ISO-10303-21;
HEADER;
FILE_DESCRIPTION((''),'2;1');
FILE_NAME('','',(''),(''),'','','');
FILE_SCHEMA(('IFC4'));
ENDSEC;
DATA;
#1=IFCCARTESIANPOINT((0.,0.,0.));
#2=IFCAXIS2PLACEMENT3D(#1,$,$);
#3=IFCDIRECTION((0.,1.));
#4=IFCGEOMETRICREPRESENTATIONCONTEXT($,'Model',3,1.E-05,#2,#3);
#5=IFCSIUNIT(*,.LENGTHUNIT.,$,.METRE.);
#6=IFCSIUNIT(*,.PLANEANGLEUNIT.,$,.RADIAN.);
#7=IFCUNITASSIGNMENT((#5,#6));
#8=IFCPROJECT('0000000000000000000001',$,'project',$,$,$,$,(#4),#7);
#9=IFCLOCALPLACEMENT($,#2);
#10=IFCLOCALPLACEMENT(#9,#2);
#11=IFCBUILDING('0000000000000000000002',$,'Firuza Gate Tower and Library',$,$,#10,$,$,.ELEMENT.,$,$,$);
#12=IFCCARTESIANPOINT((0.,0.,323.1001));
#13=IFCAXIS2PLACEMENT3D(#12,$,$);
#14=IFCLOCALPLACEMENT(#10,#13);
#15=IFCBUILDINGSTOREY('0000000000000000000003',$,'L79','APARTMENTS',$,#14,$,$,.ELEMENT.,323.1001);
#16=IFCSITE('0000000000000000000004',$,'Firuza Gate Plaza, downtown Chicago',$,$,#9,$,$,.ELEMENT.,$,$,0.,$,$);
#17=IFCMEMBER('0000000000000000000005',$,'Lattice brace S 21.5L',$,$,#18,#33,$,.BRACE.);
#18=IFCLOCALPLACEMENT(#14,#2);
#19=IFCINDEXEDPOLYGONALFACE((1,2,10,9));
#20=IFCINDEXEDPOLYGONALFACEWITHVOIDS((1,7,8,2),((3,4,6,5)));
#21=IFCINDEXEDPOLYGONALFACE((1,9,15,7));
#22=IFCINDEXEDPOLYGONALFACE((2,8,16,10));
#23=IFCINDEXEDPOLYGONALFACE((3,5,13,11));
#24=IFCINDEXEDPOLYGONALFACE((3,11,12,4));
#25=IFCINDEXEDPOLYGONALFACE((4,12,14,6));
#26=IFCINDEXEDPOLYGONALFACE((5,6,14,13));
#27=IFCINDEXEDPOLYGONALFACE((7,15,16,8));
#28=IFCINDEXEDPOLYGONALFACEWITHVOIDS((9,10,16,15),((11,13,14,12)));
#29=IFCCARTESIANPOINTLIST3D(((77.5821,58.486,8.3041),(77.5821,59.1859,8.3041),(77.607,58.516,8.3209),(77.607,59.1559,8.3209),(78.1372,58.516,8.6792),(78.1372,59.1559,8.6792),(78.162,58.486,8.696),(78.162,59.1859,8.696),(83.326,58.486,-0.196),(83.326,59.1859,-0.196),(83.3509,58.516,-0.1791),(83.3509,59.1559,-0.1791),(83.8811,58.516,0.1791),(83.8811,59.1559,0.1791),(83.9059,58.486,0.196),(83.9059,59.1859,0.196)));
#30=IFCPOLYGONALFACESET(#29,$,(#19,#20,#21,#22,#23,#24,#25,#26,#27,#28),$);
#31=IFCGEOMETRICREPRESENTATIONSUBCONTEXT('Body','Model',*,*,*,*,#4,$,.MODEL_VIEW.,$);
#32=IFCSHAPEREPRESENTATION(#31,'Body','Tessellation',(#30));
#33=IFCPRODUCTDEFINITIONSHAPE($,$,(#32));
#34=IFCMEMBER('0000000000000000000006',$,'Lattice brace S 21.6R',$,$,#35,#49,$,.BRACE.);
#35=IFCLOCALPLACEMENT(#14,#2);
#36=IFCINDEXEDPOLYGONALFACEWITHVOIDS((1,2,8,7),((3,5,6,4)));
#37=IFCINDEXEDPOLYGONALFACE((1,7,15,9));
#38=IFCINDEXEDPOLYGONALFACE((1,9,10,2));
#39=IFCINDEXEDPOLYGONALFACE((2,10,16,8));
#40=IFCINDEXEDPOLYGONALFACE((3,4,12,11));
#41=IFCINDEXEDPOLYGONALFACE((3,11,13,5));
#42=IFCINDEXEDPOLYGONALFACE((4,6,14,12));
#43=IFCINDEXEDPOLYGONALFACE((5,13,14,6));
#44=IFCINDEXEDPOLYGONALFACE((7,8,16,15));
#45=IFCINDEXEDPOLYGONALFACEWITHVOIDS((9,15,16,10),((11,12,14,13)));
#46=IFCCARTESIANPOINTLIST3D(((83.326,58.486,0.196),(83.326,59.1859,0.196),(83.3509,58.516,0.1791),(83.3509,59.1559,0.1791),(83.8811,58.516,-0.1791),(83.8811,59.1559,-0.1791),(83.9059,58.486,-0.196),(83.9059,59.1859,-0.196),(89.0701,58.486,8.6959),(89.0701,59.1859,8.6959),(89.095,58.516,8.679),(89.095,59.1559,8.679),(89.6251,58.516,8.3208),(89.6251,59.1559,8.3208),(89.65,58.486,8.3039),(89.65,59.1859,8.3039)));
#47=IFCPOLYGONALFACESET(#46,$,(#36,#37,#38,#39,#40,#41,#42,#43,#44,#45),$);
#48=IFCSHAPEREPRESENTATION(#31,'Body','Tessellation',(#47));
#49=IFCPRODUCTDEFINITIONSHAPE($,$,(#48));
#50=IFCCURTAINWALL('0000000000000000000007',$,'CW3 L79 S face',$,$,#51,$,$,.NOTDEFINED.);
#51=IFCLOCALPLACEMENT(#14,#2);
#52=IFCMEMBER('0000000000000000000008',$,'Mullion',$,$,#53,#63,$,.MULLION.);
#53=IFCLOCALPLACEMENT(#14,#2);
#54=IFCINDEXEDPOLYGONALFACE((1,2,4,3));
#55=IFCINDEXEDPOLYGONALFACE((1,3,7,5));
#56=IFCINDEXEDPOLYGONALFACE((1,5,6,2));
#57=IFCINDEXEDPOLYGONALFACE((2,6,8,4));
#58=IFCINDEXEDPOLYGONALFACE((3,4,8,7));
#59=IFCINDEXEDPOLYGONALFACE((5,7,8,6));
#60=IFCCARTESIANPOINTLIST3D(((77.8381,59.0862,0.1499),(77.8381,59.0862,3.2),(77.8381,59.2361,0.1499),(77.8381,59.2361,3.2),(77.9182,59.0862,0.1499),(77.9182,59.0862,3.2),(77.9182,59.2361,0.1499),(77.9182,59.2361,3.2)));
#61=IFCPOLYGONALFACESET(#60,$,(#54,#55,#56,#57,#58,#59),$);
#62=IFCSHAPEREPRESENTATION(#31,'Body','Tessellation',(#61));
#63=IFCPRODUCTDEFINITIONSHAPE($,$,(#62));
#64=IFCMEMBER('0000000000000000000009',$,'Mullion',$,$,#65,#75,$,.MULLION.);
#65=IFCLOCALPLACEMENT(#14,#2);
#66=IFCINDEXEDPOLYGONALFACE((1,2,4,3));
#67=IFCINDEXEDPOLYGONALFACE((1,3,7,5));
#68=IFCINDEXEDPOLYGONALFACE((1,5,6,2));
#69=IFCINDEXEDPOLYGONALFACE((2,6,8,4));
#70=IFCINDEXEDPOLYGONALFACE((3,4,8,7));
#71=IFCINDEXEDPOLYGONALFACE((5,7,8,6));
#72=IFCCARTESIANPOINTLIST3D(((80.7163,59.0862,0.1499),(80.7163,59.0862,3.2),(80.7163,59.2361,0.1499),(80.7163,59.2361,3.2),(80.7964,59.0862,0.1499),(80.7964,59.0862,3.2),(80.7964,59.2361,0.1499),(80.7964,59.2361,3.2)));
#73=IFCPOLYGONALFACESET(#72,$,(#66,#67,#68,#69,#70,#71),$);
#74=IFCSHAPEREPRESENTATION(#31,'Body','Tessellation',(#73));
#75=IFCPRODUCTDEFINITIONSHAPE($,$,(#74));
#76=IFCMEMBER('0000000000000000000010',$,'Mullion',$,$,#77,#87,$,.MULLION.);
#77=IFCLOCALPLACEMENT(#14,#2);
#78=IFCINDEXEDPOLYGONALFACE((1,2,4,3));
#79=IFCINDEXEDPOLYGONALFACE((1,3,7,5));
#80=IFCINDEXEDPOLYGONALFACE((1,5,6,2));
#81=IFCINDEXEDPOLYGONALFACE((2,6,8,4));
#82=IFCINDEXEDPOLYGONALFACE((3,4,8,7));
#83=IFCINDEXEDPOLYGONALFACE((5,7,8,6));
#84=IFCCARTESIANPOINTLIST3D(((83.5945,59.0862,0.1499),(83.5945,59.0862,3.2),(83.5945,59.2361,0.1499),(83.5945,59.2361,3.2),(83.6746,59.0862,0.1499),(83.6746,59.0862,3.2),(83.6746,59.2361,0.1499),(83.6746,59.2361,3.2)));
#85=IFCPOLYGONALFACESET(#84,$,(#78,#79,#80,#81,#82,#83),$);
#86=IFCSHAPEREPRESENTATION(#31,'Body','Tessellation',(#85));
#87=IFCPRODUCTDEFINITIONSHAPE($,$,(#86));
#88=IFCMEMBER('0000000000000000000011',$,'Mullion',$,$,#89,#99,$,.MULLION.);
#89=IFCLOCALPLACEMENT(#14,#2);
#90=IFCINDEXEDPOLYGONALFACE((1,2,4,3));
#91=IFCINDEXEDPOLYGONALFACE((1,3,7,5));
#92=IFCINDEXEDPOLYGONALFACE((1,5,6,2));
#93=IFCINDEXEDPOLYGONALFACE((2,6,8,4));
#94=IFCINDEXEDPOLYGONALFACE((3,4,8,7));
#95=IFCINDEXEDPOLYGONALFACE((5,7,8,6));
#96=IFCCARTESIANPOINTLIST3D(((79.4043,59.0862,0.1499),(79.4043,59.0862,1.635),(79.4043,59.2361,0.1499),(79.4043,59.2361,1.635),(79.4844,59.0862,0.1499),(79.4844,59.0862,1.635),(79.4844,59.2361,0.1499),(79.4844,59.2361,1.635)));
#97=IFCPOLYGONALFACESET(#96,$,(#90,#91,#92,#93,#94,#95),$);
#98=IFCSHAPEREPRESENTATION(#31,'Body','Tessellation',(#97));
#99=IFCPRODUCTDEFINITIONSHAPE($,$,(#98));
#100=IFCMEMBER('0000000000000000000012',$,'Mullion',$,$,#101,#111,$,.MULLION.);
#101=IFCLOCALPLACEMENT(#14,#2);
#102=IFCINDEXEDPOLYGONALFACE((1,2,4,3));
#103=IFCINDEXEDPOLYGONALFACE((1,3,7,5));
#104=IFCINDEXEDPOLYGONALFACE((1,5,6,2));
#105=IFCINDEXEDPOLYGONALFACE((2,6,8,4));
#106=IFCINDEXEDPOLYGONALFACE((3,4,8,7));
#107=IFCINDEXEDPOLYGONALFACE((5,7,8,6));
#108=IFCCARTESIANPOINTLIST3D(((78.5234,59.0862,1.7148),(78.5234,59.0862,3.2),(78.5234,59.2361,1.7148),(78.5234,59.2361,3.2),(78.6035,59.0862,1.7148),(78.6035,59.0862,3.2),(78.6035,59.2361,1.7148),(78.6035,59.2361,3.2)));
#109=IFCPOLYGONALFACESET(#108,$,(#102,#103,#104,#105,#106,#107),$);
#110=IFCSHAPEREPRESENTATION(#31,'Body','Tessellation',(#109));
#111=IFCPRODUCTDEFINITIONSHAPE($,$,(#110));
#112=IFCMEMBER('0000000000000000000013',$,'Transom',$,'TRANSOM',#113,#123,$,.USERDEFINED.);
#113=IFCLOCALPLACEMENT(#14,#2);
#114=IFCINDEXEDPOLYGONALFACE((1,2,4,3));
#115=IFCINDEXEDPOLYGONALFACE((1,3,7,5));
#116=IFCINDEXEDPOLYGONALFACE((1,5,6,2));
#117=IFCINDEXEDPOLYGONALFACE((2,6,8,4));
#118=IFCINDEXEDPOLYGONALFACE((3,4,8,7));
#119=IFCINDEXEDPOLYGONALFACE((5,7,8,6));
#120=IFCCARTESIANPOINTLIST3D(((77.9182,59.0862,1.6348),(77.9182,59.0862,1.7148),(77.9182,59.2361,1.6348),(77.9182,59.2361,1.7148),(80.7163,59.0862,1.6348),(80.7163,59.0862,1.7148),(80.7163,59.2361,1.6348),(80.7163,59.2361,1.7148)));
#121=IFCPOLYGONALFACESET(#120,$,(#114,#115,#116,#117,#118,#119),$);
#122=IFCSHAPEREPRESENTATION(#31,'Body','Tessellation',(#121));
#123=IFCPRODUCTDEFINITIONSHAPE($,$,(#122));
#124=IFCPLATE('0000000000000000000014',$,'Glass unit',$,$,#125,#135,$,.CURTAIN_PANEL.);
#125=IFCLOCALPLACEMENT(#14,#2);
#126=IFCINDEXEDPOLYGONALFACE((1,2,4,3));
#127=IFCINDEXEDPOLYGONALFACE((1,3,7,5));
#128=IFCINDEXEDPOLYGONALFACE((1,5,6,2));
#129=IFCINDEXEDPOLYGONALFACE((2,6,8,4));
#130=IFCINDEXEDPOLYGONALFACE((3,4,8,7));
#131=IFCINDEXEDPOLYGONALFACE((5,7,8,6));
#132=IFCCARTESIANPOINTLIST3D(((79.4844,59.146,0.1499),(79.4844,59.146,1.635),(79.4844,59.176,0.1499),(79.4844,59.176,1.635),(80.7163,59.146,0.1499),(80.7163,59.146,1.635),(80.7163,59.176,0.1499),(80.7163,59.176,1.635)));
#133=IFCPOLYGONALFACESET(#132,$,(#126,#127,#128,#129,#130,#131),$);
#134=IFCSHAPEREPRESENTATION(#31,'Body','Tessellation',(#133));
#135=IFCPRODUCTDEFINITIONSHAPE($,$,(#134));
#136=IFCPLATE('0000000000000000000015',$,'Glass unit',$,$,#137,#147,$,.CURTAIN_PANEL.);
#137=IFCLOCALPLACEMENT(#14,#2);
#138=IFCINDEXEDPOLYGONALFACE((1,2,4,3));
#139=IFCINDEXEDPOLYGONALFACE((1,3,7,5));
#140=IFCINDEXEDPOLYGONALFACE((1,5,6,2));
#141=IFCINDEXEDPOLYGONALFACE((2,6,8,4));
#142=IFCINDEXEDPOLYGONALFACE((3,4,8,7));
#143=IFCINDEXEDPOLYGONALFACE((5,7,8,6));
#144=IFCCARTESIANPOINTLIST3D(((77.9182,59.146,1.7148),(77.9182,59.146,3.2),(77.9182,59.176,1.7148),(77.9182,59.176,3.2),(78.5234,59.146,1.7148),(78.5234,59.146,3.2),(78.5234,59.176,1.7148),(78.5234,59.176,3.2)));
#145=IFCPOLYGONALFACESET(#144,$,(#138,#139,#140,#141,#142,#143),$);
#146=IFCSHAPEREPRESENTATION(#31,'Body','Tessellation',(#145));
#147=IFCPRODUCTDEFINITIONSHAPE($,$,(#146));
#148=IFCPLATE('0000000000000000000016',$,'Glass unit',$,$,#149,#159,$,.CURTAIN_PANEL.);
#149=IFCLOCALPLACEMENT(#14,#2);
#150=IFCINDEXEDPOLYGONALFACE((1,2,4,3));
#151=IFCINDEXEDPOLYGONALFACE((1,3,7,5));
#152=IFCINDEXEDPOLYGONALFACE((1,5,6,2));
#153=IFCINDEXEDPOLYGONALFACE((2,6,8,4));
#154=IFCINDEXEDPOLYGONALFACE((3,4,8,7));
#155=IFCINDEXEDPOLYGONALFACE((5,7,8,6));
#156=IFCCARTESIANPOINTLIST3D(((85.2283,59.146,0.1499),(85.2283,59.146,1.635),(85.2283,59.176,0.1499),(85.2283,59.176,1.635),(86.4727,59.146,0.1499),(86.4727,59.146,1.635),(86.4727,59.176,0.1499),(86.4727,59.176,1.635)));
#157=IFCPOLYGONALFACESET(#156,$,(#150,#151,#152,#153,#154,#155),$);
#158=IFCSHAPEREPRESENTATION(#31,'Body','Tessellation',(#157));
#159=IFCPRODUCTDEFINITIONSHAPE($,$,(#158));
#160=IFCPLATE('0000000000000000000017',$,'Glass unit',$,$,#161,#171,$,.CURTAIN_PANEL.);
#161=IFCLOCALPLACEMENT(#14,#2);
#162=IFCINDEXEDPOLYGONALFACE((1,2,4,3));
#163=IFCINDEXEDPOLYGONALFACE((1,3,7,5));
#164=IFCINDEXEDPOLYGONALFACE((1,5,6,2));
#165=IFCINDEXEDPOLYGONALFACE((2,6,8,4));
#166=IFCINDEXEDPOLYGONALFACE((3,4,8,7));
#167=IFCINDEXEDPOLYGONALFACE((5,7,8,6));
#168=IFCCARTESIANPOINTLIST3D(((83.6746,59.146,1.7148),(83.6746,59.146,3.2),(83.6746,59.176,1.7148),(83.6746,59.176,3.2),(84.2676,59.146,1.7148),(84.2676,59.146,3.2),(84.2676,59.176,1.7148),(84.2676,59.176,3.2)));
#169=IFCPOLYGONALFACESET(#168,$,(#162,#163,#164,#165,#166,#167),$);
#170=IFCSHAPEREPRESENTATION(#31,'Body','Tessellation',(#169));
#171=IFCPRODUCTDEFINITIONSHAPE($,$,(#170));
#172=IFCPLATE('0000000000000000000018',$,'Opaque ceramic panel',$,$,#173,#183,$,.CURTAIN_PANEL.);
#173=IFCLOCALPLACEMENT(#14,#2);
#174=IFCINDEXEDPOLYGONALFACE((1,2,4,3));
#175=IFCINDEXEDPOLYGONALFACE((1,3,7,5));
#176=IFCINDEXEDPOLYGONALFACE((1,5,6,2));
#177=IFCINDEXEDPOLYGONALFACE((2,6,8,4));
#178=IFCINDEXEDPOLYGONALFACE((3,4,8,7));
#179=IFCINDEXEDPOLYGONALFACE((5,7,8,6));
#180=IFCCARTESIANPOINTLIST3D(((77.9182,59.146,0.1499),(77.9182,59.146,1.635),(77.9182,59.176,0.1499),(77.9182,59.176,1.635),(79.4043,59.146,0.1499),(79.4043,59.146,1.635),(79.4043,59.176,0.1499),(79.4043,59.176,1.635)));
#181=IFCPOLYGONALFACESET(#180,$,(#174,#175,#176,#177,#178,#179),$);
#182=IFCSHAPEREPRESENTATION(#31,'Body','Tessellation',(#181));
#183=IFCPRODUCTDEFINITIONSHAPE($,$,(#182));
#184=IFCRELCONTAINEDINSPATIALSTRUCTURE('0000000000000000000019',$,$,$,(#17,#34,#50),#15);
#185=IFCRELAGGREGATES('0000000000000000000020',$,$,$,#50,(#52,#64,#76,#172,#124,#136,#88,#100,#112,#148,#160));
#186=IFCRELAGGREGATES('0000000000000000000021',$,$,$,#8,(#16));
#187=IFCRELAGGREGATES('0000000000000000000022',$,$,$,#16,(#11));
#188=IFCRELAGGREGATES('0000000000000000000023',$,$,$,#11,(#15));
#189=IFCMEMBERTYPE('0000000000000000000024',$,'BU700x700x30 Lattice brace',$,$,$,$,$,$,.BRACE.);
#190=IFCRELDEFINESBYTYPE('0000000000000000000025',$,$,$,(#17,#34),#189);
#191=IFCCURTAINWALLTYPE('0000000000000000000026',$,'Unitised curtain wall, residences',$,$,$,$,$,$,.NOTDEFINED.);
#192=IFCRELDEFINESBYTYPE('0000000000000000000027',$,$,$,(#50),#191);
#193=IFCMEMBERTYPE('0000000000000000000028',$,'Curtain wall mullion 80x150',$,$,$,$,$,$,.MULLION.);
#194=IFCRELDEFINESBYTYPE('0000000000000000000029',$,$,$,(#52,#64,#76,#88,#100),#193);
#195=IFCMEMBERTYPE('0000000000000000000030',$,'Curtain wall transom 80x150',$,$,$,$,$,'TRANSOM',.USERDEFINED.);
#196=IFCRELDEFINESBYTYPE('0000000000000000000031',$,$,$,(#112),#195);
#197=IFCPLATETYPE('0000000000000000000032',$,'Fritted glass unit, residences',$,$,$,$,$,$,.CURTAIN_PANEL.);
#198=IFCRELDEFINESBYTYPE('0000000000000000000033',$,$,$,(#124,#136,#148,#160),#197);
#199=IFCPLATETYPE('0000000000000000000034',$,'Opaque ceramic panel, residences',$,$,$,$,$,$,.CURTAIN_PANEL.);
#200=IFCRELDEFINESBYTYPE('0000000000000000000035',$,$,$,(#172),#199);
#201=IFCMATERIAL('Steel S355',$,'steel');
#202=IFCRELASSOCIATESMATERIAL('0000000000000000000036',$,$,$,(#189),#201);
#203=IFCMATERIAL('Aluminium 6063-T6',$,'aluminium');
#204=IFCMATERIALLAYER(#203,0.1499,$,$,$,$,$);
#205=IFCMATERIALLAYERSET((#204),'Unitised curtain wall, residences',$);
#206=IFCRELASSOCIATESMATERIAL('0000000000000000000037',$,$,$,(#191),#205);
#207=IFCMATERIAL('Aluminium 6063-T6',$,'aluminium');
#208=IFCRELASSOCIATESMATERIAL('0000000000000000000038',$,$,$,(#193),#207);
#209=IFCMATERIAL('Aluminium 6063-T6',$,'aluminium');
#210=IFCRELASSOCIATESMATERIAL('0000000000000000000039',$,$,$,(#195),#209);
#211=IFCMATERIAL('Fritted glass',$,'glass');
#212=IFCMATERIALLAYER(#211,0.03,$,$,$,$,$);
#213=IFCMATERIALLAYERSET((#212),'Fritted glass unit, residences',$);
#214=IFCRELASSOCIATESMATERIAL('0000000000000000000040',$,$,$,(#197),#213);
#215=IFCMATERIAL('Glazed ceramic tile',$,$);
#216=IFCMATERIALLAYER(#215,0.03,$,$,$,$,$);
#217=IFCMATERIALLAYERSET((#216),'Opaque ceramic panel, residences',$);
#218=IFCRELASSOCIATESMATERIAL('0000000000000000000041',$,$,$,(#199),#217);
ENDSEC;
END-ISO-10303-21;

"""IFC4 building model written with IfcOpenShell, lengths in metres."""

from ifc_helpers import new_model, si_unit, direction, frame, origin, origin_2d, place, context, subcontext, project, spatial, polyline, rectangle, hollow_rectangle, outline, extrude, material, layer, layer_set, material_profile, profile_set, type_object, element, aggregate, save


model = new_model("IFC4")

# Units and contexts
model_context = context("Model", 3, precision=1e-05, world=origin(), true_north=direction((0.0, 1.0)))
body_context = subcontext(model_context, "Body", "Model", "MODEL_VIEW")
ifc_project = project(units=[si_unit("LENGTHUNIT", "METRE"), si_unit("PLANEANGLEUNIT", "RADIAN")], contexts=[model_context])

# Site, building, storey
site_placement = place(None, origin())
site = spatial("IfcSite", under=ifc_project, at=site_placement, Name="Firuza Gate Plaza, downtown Chicago", CompositionType="ELEMENT", RefElevation=0.0)
building_placement = place(site_placement, origin())
building = spatial("IfcBuilding", under=site, at=building_placement, Name="Firuza Gate Tower and Library", CompositionType="ELEMENT")
storey_placement = place(building_placement, frame((0.0, 0.0, 323.1001)))
storey = spatial("IfcBuildingStorey", under=building, at=storey_placement, Name="L79", Description="APARTMENTS", CompositionType="ELEMENT", Elevation=323.1001)

# Members
ifc_material_1 = material(Name="Steel S355", Category="steel")
ifc_material_profile_1 = material_profile(ifc_material_1, hollow_rectangle(XDim=0.7, YDim=0.7, WallThickness=0.03, at=origin_2d()))
ifc_profile_set_1 = profile_set([ifc_material_profile_1], Name="Steel S355")
member_type_1 = type_object("IfcMemberType", Name="BU700x700x30 Lattice brace", PredefinedType="BRACE", material=ifc_profile_set_1)
for number, where, z_axis, x_axis, name in (
    (1, (83.616, 58.8359, 0.0), (-0.559901, 0.0, 0.828559), (0.0, -1.0, 0.0), "Lattice brace S 21.5L"),
    (2, (83.616, 58.8359, 0.0), (0.559917, 0.0, 0.828548), (0.0, 1.0, 0.0), "Lattice brace S 21.6R"),
):
    element("IfcMember", number, at=place(storey_placement, frame(where, z_axis=z_axis, x_axis=x_axis)), inside=storey, type_object=member_type_1, Name=name, PredefinedType="BRACE", context=body_context, shape_type="SweptSolid", body=[
        extrude(hollow_rectangle(XDim=0.7, YDim=0.7, WallThickness=0.03, at=origin_2d()), origin(), (0.0, 0.0, 1.0), 10.2588),
    ])

# Curtain wall, members, plates
ifc_material_2 = material(Name="Aluminium 6063-T6", Category="aluminium")
ifc_layer_1 = layer(ifc_material_2, 0.1499)
ifc_layer_set_1 = layer_set([ifc_layer_1], Name="Unitised curtain wall, residences")
curtain_wall_type = type_object("IfcCurtainWallType", Name="Unitised curtain wall, residences", PredefinedType="NOTDEFINED", material=ifc_layer_set_1)
curtain_wall_placement = place(storey_placement, origin())
curtain_wall = element("IfcCurtainWall", 3, at=curtain_wall_placement, inside=storey, type_object=curtain_wall_type, Name="CW3 L79 S face", PredefinedType="NOTDEFINED")
ifc_material_3 = material(Name="Aluminium 6063-T6", Category="aluminium")
ifc_material_profile_2 = material_profile(ifc_material_3, rectangle(XDim=0.1499, YDim=0.0801, at=origin_2d()))
ifc_profile_set_2 = profile_set([ifc_material_profile_2], Name="Aluminium 6063-T6")
member_type_2 = type_object("IfcMemberType", Name="Curtain wall mullion 80x150", PredefinedType="MULLION", material=ifc_profile_set_2)
member_1_placement = place(storey_placement, frame((77.8782, 59.1611, 0.1499), z_axis=(0.0, 0.0, 1.0), x_axis=(0.0, 1.0, 0.0)))
member_1 = element("IfcMember", 4, at=member_1_placement, type_object=member_type_2, Name="Mullion", PredefinedType="MULLION", context=body_context, shape_type="SweptSolid", body=[
    extrude(rectangle(XDim=0.1499, YDim=0.0801, at=origin_2d()), origin(), (0.0, 0.0, 1.0), 3.05),
])
member_2_placement = place(storey_placement, frame((80.7563, 59.1611, 0.1499), z_axis=(0.0, 0.0, 1.0), x_axis=(0.0, 1.0, 0.0)))
member_2 = element("IfcMember", 5, at=member_2_placement, type_object=member_type_2, Name="Mullion", PredefinedType="MULLION", context=body_context, shape_type="SweptSolid", body=[
    extrude(rectangle(XDim=0.1499, YDim=0.0801, at=origin_2d()), origin(), (0.0, 0.0, 1.0), 3.05),
])
member_3_placement = place(storey_placement, frame((83.6345, 59.1611, 0.1499), z_axis=(0.0, 0.0, 1.0), x_axis=(0.0, 1.0, 0.0)))
member_3 = element("IfcMember", 6, at=member_3_placement, type_object=member_type_2, Name="Mullion", PredefinedType="MULLION", context=body_context, shape_type="SweptSolid", body=[
    extrude(rectangle(XDim=0.1499, YDim=0.0801, at=origin_2d()), origin(), (0.0, 0.0, 1.0), 3.05),
])
member_4_placement = place(storey_placement, frame((79.4443, 59.1611, 0.1499), z_axis=(0.0, 0.0, 1.0), x_axis=(0.0, 1.0, 0.0)))
member_4 = element("IfcMember", 7, at=member_4_placement, type_object=member_type_2, Name="Mullion", PredefinedType="MULLION", context=body_context, shape_type="SweptSolid", body=[
    extrude(rectangle(XDim=0.1499, YDim=0.0801, at=origin_2d()), origin(), (0.0, 0.0, 1.0), 1.4851),
])
member_5_placement = place(storey_placement, frame((78.5635, 59.1611, 1.7148), z_axis=(0.0, 0.0, 1.0), x_axis=(0.0, 1.0, 0.0)))
member_5 = element("IfcMember", 8, at=member_5_placement, type_object=member_type_2, Name="Mullion", PredefinedType="MULLION", context=body_context, shape_type="SweptSolid", body=[
    extrude(rectangle(XDim=0.1499, YDim=0.0801, at=origin_2d()), origin(), (0.0, 0.0, 1.0), 1.4851),
])
ifc_material_4 = material(Name="Aluminium 6063-T6", Category="aluminium")
ifc_material_profile_3 = material_profile(ifc_material_4, rectangle(XDim=0.1499, YDim=0.0801, at=origin_2d()))
ifc_profile_set_3 = profile_set([ifc_material_profile_3], Name="Aluminium 6063-T6")
member_type_3 = type_object("IfcMemberType", Name="Curtain wall transom 80x150", ElementType="TRANSOM", PredefinedType="USERDEFINED", material=ifc_profile_set_3)
member_6_placement = place(storey_placement, frame((77.9182, 59.1611, 1.6748), z_axis=(1.0, 0.0, 0.0), x_axis=(0.0, 1.0, 0.0)))
member_6 = element("IfcMember", 9, at=member_6_placement, type_object=member_type_3, Name="Transom", ObjectType="TRANSOM", PredefinedType="USERDEFINED", context=body_context, shape_type="SweptSolid", body=[
    extrude(rectangle(XDim=0.1499, YDim=0.0801, at=origin_2d()), origin(), (0.0, 0.0, 1.0), 2.7981),
])
ifc_material_5 = material(Name="Fritted glass", Category="glass")
ifc_layer_2 = layer(ifc_material_5, 0.03)
ifc_layer_set_2 = layer_set([ifc_layer_2], Name="Fritted glass unit, residences")
plate_type_1 = type_object("IfcPlateType", Name="Fritted glass unit, residences", PredefinedType="CURTAIN_PANEL", material=ifc_layer_set_2)
plate_1_placement = place(storey_placement, frame((79.4844, 59.146, 0.1499), z_axis=(0.0, -1.0, 0.0), x_axis=(1.0, 0.0, 0.0)))
plate_1 = element("IfcPlate", 10, at=plate_1_placement, type_object=plate_type_1, Name="Glass unit", PredefinedType="CURTAIN_PANEL", context=body_context, shape_type="SweptSolid", body=[
    extrude(outline(polyline([(0.0, 0.0), (1.2319, 0.0), (1.2319, 1.4851), (0.0, 1.4851), (0.0, 0.0)])), origin(), (0.0, 0.0, -1.0), 0.03),
])
plate_2_placement = place(storey_placement, frame((77.9182, 59.146, 1.7148), z_axis=(0.0, -1.0, 0.0), x_axis=(1.0, 0.0, 0.0)))
plate_2 = element("IfcPlate", 11, at=plate_2_placement, type_object=plate_type_1, Name="Glass unit", PredefinedType="CURTAIN_PANEL", context=body_context, shape_type="SweptSolid", body=[
    extrude(outline(polyline([(0.0, 0.0), (0.6052, 0.0), (0.6052, 1.4851), (0.0, 1.4851), (0.0, 0.0)])), origin(), (0.0, 0.0, -1.0), 0.03),
])
plate_3_placement = place(storey_placement, frame((85.2283, 59.146, 0.1499), z_axis=(0.0, -1.0, 0.0), x_axis=(1.0, 0.0, 0.0)))
plate_3 = element("IfcPlate", 12, at=plate_3_placement, type_object=plate_type_1, Name="Glass unit", PredefinedType="CURTAIN_PANEL", context=body_context, shape_type="SweptSolid", body=[
    extrude(outline(polyline([(0.0, 0.0), (1.2444, 0.0), (1.2444, 1.4851), (0.0, 1.4851), (0.0, 0.0)])), origin(), (0.0, 0.0, -1.0), 0.03),
])
plate_4_placement = place(storey_placement, frame((83.6746, 59.146, 1.7148), z_axis=(0.0, -1.0, 0.0), x_axis=(1.0, 0.0, 0.0)))
plate_4 = element("IfcPlate", 13, at=plate_4_placement, type_object=plate_type_1, Name="Glass unit", PredefinedType="CURTAIN_PANEL", context=body_context, shape_type="SweptSolid", body=[
    extrude(outline(polyline([(0.0, 0.0), (0.593, 0.0), (0.593, 1.4851), (0.0, 1.4851), (0.0, 0.0)])), origin(), (0.0, 0.0, -1.0), 0.03),
])
ifc_material_6 = material(Name="Glazed ceramic tile")
ifc_layer_3 = layer(ifc_material_6, 0.03)
ifc_layer_set_3 = layer_set([ifc_layer_3], Name="Opaque ceramic panel, residences")
plate_type_2 = type_object("IfcPlateType", Name="Opaque ceramic panel, residences", PredefinedType="CURTAIN_PANEL", material=ifc_layer_set_3)
plate_5_placement = place(storey_placement, frame((77.9182, 59.146, 0.1499), z_axis=(0.0, -1.0, 0.0), x_axis=(1.0, 0.0, 0.0)))
plate_5 = element("IfcPlate", 14, at=plate_5_placement, type_object=plate_type_2, Name="Opaque ceramic panel", PredefinedType="CURTAIN_PANEL", context=body_context, shape_type="SweptSolid", body=[
    extrude(outline(polyline([(0.0, 0.0), (1.4861, 0.0), (1.4861, 1.4851), (0.0, 1.4851), (0.0, 0.0)])), origin(), (0.0, 0.0, -1.0), 0.03),
])
aggregate(curtain_wall, [member_1, member_2, member_3, plate_5, plate_1, plate_2, member_4, member_5, member_6, plate_3, plate_4])

save(model, "model.ifc")
